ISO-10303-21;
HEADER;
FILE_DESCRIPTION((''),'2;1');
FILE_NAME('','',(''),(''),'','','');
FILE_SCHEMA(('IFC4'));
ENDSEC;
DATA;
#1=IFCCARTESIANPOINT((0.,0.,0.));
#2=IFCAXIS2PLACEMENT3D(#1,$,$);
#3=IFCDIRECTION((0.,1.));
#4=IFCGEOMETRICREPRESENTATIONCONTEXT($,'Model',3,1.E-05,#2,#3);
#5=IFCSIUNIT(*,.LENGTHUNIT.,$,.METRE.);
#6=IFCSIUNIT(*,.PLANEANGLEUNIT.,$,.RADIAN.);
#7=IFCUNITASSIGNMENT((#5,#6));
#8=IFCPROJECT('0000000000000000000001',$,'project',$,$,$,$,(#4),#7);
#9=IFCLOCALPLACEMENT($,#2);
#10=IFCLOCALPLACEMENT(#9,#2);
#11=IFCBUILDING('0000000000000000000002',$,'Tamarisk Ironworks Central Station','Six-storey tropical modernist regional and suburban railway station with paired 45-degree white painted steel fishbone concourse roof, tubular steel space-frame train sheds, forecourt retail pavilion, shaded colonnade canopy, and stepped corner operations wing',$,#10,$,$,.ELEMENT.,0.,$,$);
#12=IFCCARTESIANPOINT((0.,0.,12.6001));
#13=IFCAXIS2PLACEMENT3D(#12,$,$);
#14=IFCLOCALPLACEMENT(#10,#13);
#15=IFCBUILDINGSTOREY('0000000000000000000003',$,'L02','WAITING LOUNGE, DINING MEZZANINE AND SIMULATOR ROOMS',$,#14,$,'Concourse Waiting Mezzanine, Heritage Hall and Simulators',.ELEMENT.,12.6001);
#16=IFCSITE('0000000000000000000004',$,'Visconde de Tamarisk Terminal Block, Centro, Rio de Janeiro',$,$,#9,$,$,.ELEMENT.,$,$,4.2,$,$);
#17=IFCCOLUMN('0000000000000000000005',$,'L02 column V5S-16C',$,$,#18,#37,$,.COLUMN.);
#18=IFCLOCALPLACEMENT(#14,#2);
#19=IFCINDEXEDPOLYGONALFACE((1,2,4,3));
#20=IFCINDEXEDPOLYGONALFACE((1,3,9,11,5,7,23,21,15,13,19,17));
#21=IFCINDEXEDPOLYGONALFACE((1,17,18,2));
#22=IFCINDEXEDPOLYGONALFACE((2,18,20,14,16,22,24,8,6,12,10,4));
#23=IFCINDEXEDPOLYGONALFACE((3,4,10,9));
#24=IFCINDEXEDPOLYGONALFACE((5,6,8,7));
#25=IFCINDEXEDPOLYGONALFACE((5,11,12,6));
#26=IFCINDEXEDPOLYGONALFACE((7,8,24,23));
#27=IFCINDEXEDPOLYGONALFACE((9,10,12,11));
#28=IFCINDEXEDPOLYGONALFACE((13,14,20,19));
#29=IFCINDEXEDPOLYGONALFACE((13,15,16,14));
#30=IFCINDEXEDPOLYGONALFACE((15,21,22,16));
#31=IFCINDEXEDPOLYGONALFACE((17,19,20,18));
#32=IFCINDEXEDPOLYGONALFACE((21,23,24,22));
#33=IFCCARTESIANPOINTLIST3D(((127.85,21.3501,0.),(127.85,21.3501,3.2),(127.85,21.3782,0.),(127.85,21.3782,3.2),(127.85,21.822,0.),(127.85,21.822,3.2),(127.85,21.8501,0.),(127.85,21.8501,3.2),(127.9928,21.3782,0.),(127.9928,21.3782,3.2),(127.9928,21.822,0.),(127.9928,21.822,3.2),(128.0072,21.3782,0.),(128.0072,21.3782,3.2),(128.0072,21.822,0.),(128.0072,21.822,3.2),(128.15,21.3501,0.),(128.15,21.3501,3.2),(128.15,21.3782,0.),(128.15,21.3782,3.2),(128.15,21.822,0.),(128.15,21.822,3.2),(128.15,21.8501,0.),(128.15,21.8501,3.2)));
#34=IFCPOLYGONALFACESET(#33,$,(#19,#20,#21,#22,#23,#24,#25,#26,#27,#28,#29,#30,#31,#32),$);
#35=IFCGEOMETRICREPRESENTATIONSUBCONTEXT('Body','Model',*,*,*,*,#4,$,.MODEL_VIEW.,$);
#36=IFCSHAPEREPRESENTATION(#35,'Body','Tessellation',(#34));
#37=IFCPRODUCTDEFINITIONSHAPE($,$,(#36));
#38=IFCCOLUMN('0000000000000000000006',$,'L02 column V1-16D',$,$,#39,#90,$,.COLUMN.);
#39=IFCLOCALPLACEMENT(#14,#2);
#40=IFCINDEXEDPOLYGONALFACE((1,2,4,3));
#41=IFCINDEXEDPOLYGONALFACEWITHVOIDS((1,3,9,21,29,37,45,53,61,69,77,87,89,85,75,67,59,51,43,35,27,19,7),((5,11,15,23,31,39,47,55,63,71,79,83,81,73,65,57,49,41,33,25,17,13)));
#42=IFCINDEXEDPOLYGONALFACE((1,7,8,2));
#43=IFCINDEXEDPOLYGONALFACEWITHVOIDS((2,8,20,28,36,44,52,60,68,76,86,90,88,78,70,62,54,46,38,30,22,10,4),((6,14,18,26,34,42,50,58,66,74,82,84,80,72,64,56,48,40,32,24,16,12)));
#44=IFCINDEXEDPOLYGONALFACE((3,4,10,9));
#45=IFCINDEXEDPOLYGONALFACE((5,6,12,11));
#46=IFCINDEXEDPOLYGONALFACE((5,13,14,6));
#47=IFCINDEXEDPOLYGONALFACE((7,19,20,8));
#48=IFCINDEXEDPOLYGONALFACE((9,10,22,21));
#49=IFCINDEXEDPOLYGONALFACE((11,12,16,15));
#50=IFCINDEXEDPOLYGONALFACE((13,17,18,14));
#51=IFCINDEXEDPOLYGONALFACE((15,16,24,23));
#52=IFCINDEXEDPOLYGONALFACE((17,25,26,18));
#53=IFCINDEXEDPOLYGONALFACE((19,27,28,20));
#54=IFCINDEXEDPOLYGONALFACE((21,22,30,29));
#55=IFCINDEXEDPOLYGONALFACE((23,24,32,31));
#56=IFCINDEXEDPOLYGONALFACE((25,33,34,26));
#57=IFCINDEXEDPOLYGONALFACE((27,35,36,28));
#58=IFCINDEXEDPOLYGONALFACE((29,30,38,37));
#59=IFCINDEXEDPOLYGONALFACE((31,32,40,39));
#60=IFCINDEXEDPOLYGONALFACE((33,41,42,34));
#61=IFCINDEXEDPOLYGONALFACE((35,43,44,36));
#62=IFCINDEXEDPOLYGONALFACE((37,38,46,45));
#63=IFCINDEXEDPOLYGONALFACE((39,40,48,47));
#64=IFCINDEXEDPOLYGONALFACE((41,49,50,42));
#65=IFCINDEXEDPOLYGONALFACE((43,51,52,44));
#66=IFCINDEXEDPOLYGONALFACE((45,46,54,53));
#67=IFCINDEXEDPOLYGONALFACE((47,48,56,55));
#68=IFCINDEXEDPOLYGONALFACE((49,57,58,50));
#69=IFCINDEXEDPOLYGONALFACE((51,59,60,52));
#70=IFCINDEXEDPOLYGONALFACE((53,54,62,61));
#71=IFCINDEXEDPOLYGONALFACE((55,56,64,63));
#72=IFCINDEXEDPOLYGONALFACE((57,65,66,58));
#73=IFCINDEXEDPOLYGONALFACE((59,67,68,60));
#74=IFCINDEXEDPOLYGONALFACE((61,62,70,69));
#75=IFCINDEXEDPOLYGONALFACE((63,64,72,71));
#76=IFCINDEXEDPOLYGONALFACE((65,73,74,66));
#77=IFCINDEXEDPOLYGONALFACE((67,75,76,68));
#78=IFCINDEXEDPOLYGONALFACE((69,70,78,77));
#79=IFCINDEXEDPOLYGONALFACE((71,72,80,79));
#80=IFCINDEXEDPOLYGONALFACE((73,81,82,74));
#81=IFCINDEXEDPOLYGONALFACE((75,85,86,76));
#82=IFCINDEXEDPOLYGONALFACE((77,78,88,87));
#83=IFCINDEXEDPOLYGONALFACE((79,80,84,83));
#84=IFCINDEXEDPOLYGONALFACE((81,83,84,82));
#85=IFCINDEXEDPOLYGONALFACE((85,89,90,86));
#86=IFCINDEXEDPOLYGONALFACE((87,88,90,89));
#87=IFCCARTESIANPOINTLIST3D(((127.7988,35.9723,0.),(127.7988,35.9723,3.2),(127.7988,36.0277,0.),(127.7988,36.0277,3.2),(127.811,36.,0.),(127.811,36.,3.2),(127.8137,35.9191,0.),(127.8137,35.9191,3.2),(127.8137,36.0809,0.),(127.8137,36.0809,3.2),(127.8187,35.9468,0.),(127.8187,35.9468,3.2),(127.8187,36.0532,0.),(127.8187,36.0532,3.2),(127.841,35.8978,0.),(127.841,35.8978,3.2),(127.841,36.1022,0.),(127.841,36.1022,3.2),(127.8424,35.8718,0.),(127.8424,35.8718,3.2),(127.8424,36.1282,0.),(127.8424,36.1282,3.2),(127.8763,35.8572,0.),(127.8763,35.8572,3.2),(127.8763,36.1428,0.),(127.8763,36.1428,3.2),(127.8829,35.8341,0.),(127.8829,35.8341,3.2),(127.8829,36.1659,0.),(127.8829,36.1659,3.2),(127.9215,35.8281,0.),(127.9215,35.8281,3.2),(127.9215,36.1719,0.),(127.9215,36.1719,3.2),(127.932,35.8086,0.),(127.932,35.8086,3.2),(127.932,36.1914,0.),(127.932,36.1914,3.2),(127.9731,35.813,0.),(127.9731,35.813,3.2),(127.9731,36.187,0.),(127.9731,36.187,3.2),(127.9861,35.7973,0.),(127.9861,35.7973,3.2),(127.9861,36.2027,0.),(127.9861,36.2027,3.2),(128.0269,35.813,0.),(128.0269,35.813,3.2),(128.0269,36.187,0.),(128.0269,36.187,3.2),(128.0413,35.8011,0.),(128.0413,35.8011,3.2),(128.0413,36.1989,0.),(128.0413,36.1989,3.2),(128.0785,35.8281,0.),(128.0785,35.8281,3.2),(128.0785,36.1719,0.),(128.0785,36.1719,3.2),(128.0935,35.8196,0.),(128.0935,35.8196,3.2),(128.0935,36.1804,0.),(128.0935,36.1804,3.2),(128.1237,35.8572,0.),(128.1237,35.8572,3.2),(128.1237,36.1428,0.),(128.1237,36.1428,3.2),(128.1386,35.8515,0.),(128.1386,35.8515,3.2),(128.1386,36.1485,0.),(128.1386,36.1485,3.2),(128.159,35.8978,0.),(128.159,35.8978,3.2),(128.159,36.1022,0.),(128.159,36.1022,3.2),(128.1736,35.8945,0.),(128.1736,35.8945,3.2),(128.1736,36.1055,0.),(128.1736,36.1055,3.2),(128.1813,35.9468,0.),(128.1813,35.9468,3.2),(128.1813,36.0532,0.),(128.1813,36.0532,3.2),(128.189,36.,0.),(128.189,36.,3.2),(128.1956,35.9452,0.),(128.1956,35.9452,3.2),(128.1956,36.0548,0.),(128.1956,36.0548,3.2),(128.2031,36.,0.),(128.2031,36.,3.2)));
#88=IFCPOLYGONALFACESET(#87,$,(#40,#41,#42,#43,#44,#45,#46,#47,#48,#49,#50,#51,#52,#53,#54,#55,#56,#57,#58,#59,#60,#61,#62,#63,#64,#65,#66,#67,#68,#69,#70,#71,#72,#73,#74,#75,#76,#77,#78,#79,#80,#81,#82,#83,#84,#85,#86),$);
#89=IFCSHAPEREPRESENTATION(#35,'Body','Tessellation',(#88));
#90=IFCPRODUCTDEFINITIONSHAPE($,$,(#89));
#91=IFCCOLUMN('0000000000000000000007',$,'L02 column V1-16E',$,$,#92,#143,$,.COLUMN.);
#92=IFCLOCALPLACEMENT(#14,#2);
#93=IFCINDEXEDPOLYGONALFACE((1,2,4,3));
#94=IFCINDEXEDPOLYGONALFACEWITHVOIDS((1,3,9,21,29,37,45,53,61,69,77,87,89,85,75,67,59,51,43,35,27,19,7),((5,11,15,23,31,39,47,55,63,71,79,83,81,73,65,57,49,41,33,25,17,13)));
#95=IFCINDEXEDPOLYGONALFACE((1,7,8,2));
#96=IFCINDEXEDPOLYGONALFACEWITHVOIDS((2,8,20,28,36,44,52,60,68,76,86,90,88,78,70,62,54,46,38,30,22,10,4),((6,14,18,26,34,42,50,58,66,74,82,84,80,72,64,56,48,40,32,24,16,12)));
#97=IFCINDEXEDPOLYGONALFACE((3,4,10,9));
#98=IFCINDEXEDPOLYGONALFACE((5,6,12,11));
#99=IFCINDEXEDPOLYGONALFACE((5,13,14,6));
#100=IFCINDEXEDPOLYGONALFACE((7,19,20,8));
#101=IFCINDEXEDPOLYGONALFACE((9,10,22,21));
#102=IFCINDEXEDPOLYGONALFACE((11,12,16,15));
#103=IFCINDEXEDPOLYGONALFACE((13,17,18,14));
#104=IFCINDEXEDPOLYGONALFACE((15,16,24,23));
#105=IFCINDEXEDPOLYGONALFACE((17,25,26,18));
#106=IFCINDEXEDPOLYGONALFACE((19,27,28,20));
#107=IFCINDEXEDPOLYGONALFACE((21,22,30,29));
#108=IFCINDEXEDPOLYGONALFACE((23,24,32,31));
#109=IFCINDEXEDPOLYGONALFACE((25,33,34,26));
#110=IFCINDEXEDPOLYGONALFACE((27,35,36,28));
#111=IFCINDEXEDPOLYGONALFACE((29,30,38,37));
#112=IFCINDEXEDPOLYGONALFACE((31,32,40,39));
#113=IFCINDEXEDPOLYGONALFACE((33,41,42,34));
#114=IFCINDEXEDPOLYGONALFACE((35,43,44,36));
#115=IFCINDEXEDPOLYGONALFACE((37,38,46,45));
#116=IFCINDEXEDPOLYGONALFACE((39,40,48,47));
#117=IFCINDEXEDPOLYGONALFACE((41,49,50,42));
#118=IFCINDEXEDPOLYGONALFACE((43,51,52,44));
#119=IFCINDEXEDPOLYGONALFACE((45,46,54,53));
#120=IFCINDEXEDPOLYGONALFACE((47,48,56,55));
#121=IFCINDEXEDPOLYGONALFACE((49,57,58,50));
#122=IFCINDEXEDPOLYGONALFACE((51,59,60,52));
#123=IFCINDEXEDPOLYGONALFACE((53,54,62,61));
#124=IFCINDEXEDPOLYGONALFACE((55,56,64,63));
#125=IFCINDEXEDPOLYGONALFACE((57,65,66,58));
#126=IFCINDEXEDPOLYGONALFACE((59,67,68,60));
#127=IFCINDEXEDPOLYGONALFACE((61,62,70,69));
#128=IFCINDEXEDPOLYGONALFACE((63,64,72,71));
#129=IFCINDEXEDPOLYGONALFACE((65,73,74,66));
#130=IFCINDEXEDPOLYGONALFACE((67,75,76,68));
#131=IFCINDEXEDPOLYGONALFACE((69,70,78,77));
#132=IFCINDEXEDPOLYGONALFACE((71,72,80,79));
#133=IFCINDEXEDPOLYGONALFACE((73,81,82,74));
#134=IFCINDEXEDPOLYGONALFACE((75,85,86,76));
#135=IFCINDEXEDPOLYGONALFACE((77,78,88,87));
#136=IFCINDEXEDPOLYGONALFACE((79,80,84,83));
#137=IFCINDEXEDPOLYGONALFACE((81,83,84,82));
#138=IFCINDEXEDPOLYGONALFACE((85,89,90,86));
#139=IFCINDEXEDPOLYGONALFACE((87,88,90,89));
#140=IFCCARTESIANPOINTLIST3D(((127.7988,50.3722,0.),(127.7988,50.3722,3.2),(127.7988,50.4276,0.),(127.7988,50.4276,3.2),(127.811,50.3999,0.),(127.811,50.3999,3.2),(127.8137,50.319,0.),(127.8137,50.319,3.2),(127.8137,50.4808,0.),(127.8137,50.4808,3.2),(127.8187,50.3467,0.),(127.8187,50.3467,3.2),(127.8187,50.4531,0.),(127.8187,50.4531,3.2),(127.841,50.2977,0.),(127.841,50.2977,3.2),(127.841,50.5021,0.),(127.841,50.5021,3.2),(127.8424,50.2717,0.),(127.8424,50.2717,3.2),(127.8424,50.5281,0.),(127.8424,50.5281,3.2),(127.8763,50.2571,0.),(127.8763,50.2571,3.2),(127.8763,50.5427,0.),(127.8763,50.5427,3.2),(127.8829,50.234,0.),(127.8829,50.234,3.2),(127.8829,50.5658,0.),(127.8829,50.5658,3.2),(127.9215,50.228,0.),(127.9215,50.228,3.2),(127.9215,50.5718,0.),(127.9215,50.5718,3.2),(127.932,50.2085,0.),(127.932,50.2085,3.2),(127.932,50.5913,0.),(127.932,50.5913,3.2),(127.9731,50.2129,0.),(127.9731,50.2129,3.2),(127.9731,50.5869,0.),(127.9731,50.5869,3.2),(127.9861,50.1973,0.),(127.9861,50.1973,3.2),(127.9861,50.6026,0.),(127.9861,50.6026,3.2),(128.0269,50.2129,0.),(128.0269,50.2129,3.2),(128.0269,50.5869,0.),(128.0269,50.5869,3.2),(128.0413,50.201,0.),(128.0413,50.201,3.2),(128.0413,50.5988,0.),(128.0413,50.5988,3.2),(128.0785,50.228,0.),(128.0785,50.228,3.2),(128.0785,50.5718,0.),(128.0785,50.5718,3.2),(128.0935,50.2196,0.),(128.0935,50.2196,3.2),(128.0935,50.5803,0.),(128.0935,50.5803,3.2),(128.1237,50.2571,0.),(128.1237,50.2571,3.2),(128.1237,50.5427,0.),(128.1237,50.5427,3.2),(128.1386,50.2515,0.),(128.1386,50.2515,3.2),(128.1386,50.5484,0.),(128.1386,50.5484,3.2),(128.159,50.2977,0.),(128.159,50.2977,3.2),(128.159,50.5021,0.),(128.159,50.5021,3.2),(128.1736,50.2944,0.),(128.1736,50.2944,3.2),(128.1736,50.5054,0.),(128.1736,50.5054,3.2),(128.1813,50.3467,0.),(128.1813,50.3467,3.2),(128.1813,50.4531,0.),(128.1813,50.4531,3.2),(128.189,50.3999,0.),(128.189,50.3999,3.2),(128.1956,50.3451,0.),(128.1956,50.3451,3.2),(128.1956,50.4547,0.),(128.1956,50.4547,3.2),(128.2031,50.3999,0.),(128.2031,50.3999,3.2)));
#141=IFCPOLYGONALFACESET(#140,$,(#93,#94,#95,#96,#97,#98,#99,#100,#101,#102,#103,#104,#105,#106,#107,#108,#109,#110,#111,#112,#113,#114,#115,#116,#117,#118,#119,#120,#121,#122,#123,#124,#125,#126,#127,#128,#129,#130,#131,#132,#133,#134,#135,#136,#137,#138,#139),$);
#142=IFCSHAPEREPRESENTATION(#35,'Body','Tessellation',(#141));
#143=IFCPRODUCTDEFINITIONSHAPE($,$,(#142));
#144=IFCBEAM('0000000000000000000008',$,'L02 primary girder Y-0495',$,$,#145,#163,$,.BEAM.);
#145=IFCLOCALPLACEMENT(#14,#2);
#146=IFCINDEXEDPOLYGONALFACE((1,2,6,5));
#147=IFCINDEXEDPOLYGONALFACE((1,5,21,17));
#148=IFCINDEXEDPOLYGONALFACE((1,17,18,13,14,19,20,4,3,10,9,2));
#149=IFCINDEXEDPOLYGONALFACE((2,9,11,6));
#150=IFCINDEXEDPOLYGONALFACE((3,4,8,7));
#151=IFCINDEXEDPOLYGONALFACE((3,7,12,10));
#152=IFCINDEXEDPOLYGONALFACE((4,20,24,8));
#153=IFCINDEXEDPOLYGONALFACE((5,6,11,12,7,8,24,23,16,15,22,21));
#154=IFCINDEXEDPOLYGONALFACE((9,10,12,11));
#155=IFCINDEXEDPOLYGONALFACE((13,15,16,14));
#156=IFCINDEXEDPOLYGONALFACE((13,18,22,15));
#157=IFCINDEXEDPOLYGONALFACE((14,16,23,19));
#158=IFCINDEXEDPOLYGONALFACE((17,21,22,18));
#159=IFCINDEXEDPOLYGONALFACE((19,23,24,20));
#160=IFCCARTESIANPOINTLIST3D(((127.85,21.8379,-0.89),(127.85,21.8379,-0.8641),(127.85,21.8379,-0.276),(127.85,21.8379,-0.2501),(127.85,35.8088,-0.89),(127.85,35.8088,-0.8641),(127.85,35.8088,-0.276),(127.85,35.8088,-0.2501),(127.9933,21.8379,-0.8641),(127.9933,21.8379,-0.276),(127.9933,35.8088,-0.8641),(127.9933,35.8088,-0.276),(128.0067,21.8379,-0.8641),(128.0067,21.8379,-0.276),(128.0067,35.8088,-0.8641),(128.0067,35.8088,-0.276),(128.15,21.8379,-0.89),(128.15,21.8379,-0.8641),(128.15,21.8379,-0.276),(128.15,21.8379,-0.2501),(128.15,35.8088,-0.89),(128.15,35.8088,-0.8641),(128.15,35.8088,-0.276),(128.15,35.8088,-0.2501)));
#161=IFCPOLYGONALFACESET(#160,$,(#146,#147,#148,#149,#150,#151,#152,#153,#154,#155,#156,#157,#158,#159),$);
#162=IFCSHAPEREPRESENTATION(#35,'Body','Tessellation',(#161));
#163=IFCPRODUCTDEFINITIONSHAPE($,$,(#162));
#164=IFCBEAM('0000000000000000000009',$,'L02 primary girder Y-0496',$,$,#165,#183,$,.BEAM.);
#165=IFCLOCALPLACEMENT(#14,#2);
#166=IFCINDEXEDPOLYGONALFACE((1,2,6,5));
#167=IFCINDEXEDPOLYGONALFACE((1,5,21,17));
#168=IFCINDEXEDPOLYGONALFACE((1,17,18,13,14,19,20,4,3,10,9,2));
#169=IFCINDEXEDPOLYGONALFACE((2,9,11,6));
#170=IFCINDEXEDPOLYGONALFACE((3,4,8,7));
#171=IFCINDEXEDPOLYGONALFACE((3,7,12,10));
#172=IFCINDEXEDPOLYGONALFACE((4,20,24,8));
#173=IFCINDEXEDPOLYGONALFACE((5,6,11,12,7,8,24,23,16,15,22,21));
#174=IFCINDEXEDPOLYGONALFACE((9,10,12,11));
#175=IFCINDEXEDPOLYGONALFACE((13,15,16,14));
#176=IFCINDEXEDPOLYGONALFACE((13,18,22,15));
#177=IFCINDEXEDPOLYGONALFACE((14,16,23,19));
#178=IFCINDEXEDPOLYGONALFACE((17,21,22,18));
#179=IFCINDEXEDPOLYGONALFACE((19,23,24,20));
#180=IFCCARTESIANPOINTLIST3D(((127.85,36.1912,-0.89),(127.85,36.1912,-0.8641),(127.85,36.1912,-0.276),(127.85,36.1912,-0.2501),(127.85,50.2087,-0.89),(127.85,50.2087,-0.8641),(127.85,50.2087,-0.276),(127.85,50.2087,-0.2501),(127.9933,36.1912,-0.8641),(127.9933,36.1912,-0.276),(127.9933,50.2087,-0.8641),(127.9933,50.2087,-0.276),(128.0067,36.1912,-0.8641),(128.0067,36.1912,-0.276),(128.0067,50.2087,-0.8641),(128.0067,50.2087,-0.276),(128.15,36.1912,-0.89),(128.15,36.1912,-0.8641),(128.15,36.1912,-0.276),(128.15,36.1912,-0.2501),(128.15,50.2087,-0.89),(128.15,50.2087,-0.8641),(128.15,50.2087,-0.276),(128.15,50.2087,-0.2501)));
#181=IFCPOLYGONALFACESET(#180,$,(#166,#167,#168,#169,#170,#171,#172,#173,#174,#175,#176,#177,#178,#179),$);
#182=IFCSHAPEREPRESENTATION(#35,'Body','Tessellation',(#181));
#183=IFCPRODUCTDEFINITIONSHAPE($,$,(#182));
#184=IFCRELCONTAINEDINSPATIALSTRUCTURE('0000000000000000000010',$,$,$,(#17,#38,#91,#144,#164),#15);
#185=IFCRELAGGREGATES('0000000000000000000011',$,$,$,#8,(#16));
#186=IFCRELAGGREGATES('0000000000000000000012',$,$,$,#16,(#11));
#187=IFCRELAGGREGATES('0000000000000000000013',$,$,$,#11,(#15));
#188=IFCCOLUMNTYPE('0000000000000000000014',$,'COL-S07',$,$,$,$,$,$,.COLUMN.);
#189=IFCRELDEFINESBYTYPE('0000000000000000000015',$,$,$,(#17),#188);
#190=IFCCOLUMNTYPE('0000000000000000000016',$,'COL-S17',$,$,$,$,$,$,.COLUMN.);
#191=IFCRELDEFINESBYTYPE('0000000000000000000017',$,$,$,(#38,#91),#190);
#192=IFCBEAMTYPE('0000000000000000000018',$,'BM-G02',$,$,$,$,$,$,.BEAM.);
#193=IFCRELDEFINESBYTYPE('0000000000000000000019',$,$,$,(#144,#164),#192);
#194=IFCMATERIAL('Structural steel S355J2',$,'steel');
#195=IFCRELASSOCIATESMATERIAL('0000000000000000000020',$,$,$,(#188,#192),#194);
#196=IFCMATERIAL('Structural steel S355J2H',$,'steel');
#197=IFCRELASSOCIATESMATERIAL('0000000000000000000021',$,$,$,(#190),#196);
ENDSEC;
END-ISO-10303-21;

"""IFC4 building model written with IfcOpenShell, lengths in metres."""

from ifc_helpers import new_model, si_unit, direction, frame, origin, origin_2d, place, context, subcontext, project, spatial, hollow_circle, i_section, extrude, material, material_profile, profile_set, type_object, element, save


model = new_model("IFC4")

# Units and contexts
model_context = context("Model", 3, precision=1e-05, world=origin(), true_north=direction((0.0, 1.0)))
body_context = subcontext(model_context, "Body", "Model", "MODEL_VIEW")
ifc_project = project(units=[si_unit("LENGTHUNIT", "METRE"), si_unit("PLANEANGLEUNIT", "RADIAN")], contexts=[model_context])

# Site, building, storey
site_placement = place(None, origin())
site = spatial("IfcSite", under=ifc_project, at=site_placement, Name="Visconde de Tamarisk Terminal Block, Centro, Rio de Janeiro", CompositionType="ELEMENT", RefElevation=4.2)
building_placement = place(site_placement, origin())
building = spatial("IfcBuilding", under=site, at=building_placement, Name="Tamarisk Ironworks Central Station", Description="Six-storey tropical modernist regional and suburban railway station with paired 45-degree white painted steel fishbone concourse roof, tubular steel space-frame train sheds, forecourt retail pavilion, shaded colonnade canopy, and stepped corner operations wing", CompositionType="ELEMENT", ElevationOfRefHeight=0.0)
storey_placement = place(building_placement, frame((0.0, 0.0, 12.6001)))
storey = spatial("IfcBuildingStorey", under=building, at=storey_placement, Name="L02", Description="WAITING LOUNGE, DINING MEZZANINE AND SIMULATOR ROOMS", LongName="Concourse Waiting Mezzanine, Heritage Hall and Simulators", CompositionType="ELEMENT", Elevation=12.6001)

# Columns
ifc_material_1 = material(Name="Structural steel S355J2", Category="steel")
ifc_material_profile_1 = material_profile(ifc_material_1, i_section(OverallWidth=0.3, OverallDepth=0.5, WebThickness=0.0144, FlangeThickness=0.0281, at=origin_2d()), Name="HEB 500")
ifc_profile_set_1 = profile_set([ifc_material_profile_1], Name="Structural steel S355J2")
column_type_1 = type_object("IfcColumnType", Name="COL-S07", PredefinedType="COLUMN", material=ifc_profile_set_1)
column_placement = place(storey_placement, frame((128.0, 21.6001, 0.0), z_axis=(0.0, 0.0, 1.0), x_axis=(1.0, 0.0, 0.0)))
element("IfcColumn", 1, at=column_placement, inside=storey, type_object=column_type_1, Name="L02 column V5S-16C", PredefinedType="COLUMN", context=body_context, shape_type="SweptSolid", body=[
    extrude(i_section(OverallWidth=0.3, OverallDepth=0.5, WebThickness=0.0144, FlangeThickness=0.0281, at=origin_2d()), origin(), (0.0, 0.0, 1.0), 3.2),
])
ifc_material_2 = material(Name="Structural steel S355J2H", Category="steel")
ifc_material_profile_2 = material_profile(ifc_material_2, hollow_circle(Radius=0.2031, WallThickness=0.0142, at=origin_2d()), Name="CHS 406.4x14.2")
ifc_profile_set_2 = profile_set([ifc_material_profile_2], Name="Structural steel S355J2H")
column_type_2 = type_object("IfcColumnType", Name="COL-S17", PredefinedType="COLUMN", material=ifc_profile_set_2)
for number, where, z_axis, x_axis, name in (
    (2, (128.0, 36.0, 0.0), (0.0, 0.0, 1.0), (1.0, 0.0, 0.0), "L02 column V1-16D"),
    (3, (128.0, 50.3999, 0.0), (0.0, 0.0, 1.0), (1.0, 0.0, 0.0), "L02 column V1-16E"),
):
    element("IfcColumn", number, at=place(storey_placement, frame(where, z_axis=z_axis, x_axis=x_axis)), inside=storey, type_object=column_type_2, Name=name, PredefinedType="COLUMN", context=body_context, shape_type="SweptSolid", body=[
        extrude(hollow_circle(Radius=0.2031, WallThickness=0.0142, at=origin_2d()), origin(), (0.0, 0.0, 1.0), 3.2),
    ])

# Beams
ifc_material_profile_3 = material_profile(ifc_material_1, i_section(OverallWidth=0.3, OverallDepth=0.6399, WebThickness=0.0134, FlangeThickness=0.0259, at=origin_2d()), Name="HEA 650")
ifc_profile_set_3 = profile_set([ifc_material_profile_3], Name="Structural steel S355J2")
beam_type_1 = type_object("IfcBeamType", Name="BM-G02", PredefinedType="BEAM", material=ifc_profile_set_3)
beam_1_placement = place(storey_placement, frame((128.0, 21.8379, -0.5701), z_axis=(0.0, 1.0, 0.0), x_axis=(-1.0, 0.0, 0.0)))
element("IfcBeam", 4, at=beam_1_placement, inside=storey, type_object=beam_type_1, Name="L02 primary girder Y-0495", PredefinedType="BEAM", context=body_context, shape_type="SweptSolid", body=[
    extrude(i_section(OverallWidth=0.3, OverallDepth=0.6399, WebThickness=0.0134, FlangeThickness=0.0259, at=origin_2d()), origin(), (0.0, 0.0, 1.0), 13.9709),
])
for number, where, z_axis, x_axis, name in (
    (5, (128.0, 36.1912, -0.5701), (0.0, 1.0, 0.0), (-1.0, 0.0, 0.0), "L02 primary girder Y-0496"),
):
    element("IfcBeam", number, at=place(storey_placement, frame(where, z_axis=z_axis, x_axis=x_axis)), inside=storey, type_object=beam_type_1, Name=name, PredefinedType="BEAM", context=body_context, shape_type="SweptSolid", body=[
        extrude(i_section(OverallWidth=0.3, OverallDepth=0.6399, WebThickness=0.0134, FlangeThickness=0.0259, at=origin_2d()), origin(), (0.0, 0.0, 1.0), 14.0176),
    ])

save(model, "model.ifc")
